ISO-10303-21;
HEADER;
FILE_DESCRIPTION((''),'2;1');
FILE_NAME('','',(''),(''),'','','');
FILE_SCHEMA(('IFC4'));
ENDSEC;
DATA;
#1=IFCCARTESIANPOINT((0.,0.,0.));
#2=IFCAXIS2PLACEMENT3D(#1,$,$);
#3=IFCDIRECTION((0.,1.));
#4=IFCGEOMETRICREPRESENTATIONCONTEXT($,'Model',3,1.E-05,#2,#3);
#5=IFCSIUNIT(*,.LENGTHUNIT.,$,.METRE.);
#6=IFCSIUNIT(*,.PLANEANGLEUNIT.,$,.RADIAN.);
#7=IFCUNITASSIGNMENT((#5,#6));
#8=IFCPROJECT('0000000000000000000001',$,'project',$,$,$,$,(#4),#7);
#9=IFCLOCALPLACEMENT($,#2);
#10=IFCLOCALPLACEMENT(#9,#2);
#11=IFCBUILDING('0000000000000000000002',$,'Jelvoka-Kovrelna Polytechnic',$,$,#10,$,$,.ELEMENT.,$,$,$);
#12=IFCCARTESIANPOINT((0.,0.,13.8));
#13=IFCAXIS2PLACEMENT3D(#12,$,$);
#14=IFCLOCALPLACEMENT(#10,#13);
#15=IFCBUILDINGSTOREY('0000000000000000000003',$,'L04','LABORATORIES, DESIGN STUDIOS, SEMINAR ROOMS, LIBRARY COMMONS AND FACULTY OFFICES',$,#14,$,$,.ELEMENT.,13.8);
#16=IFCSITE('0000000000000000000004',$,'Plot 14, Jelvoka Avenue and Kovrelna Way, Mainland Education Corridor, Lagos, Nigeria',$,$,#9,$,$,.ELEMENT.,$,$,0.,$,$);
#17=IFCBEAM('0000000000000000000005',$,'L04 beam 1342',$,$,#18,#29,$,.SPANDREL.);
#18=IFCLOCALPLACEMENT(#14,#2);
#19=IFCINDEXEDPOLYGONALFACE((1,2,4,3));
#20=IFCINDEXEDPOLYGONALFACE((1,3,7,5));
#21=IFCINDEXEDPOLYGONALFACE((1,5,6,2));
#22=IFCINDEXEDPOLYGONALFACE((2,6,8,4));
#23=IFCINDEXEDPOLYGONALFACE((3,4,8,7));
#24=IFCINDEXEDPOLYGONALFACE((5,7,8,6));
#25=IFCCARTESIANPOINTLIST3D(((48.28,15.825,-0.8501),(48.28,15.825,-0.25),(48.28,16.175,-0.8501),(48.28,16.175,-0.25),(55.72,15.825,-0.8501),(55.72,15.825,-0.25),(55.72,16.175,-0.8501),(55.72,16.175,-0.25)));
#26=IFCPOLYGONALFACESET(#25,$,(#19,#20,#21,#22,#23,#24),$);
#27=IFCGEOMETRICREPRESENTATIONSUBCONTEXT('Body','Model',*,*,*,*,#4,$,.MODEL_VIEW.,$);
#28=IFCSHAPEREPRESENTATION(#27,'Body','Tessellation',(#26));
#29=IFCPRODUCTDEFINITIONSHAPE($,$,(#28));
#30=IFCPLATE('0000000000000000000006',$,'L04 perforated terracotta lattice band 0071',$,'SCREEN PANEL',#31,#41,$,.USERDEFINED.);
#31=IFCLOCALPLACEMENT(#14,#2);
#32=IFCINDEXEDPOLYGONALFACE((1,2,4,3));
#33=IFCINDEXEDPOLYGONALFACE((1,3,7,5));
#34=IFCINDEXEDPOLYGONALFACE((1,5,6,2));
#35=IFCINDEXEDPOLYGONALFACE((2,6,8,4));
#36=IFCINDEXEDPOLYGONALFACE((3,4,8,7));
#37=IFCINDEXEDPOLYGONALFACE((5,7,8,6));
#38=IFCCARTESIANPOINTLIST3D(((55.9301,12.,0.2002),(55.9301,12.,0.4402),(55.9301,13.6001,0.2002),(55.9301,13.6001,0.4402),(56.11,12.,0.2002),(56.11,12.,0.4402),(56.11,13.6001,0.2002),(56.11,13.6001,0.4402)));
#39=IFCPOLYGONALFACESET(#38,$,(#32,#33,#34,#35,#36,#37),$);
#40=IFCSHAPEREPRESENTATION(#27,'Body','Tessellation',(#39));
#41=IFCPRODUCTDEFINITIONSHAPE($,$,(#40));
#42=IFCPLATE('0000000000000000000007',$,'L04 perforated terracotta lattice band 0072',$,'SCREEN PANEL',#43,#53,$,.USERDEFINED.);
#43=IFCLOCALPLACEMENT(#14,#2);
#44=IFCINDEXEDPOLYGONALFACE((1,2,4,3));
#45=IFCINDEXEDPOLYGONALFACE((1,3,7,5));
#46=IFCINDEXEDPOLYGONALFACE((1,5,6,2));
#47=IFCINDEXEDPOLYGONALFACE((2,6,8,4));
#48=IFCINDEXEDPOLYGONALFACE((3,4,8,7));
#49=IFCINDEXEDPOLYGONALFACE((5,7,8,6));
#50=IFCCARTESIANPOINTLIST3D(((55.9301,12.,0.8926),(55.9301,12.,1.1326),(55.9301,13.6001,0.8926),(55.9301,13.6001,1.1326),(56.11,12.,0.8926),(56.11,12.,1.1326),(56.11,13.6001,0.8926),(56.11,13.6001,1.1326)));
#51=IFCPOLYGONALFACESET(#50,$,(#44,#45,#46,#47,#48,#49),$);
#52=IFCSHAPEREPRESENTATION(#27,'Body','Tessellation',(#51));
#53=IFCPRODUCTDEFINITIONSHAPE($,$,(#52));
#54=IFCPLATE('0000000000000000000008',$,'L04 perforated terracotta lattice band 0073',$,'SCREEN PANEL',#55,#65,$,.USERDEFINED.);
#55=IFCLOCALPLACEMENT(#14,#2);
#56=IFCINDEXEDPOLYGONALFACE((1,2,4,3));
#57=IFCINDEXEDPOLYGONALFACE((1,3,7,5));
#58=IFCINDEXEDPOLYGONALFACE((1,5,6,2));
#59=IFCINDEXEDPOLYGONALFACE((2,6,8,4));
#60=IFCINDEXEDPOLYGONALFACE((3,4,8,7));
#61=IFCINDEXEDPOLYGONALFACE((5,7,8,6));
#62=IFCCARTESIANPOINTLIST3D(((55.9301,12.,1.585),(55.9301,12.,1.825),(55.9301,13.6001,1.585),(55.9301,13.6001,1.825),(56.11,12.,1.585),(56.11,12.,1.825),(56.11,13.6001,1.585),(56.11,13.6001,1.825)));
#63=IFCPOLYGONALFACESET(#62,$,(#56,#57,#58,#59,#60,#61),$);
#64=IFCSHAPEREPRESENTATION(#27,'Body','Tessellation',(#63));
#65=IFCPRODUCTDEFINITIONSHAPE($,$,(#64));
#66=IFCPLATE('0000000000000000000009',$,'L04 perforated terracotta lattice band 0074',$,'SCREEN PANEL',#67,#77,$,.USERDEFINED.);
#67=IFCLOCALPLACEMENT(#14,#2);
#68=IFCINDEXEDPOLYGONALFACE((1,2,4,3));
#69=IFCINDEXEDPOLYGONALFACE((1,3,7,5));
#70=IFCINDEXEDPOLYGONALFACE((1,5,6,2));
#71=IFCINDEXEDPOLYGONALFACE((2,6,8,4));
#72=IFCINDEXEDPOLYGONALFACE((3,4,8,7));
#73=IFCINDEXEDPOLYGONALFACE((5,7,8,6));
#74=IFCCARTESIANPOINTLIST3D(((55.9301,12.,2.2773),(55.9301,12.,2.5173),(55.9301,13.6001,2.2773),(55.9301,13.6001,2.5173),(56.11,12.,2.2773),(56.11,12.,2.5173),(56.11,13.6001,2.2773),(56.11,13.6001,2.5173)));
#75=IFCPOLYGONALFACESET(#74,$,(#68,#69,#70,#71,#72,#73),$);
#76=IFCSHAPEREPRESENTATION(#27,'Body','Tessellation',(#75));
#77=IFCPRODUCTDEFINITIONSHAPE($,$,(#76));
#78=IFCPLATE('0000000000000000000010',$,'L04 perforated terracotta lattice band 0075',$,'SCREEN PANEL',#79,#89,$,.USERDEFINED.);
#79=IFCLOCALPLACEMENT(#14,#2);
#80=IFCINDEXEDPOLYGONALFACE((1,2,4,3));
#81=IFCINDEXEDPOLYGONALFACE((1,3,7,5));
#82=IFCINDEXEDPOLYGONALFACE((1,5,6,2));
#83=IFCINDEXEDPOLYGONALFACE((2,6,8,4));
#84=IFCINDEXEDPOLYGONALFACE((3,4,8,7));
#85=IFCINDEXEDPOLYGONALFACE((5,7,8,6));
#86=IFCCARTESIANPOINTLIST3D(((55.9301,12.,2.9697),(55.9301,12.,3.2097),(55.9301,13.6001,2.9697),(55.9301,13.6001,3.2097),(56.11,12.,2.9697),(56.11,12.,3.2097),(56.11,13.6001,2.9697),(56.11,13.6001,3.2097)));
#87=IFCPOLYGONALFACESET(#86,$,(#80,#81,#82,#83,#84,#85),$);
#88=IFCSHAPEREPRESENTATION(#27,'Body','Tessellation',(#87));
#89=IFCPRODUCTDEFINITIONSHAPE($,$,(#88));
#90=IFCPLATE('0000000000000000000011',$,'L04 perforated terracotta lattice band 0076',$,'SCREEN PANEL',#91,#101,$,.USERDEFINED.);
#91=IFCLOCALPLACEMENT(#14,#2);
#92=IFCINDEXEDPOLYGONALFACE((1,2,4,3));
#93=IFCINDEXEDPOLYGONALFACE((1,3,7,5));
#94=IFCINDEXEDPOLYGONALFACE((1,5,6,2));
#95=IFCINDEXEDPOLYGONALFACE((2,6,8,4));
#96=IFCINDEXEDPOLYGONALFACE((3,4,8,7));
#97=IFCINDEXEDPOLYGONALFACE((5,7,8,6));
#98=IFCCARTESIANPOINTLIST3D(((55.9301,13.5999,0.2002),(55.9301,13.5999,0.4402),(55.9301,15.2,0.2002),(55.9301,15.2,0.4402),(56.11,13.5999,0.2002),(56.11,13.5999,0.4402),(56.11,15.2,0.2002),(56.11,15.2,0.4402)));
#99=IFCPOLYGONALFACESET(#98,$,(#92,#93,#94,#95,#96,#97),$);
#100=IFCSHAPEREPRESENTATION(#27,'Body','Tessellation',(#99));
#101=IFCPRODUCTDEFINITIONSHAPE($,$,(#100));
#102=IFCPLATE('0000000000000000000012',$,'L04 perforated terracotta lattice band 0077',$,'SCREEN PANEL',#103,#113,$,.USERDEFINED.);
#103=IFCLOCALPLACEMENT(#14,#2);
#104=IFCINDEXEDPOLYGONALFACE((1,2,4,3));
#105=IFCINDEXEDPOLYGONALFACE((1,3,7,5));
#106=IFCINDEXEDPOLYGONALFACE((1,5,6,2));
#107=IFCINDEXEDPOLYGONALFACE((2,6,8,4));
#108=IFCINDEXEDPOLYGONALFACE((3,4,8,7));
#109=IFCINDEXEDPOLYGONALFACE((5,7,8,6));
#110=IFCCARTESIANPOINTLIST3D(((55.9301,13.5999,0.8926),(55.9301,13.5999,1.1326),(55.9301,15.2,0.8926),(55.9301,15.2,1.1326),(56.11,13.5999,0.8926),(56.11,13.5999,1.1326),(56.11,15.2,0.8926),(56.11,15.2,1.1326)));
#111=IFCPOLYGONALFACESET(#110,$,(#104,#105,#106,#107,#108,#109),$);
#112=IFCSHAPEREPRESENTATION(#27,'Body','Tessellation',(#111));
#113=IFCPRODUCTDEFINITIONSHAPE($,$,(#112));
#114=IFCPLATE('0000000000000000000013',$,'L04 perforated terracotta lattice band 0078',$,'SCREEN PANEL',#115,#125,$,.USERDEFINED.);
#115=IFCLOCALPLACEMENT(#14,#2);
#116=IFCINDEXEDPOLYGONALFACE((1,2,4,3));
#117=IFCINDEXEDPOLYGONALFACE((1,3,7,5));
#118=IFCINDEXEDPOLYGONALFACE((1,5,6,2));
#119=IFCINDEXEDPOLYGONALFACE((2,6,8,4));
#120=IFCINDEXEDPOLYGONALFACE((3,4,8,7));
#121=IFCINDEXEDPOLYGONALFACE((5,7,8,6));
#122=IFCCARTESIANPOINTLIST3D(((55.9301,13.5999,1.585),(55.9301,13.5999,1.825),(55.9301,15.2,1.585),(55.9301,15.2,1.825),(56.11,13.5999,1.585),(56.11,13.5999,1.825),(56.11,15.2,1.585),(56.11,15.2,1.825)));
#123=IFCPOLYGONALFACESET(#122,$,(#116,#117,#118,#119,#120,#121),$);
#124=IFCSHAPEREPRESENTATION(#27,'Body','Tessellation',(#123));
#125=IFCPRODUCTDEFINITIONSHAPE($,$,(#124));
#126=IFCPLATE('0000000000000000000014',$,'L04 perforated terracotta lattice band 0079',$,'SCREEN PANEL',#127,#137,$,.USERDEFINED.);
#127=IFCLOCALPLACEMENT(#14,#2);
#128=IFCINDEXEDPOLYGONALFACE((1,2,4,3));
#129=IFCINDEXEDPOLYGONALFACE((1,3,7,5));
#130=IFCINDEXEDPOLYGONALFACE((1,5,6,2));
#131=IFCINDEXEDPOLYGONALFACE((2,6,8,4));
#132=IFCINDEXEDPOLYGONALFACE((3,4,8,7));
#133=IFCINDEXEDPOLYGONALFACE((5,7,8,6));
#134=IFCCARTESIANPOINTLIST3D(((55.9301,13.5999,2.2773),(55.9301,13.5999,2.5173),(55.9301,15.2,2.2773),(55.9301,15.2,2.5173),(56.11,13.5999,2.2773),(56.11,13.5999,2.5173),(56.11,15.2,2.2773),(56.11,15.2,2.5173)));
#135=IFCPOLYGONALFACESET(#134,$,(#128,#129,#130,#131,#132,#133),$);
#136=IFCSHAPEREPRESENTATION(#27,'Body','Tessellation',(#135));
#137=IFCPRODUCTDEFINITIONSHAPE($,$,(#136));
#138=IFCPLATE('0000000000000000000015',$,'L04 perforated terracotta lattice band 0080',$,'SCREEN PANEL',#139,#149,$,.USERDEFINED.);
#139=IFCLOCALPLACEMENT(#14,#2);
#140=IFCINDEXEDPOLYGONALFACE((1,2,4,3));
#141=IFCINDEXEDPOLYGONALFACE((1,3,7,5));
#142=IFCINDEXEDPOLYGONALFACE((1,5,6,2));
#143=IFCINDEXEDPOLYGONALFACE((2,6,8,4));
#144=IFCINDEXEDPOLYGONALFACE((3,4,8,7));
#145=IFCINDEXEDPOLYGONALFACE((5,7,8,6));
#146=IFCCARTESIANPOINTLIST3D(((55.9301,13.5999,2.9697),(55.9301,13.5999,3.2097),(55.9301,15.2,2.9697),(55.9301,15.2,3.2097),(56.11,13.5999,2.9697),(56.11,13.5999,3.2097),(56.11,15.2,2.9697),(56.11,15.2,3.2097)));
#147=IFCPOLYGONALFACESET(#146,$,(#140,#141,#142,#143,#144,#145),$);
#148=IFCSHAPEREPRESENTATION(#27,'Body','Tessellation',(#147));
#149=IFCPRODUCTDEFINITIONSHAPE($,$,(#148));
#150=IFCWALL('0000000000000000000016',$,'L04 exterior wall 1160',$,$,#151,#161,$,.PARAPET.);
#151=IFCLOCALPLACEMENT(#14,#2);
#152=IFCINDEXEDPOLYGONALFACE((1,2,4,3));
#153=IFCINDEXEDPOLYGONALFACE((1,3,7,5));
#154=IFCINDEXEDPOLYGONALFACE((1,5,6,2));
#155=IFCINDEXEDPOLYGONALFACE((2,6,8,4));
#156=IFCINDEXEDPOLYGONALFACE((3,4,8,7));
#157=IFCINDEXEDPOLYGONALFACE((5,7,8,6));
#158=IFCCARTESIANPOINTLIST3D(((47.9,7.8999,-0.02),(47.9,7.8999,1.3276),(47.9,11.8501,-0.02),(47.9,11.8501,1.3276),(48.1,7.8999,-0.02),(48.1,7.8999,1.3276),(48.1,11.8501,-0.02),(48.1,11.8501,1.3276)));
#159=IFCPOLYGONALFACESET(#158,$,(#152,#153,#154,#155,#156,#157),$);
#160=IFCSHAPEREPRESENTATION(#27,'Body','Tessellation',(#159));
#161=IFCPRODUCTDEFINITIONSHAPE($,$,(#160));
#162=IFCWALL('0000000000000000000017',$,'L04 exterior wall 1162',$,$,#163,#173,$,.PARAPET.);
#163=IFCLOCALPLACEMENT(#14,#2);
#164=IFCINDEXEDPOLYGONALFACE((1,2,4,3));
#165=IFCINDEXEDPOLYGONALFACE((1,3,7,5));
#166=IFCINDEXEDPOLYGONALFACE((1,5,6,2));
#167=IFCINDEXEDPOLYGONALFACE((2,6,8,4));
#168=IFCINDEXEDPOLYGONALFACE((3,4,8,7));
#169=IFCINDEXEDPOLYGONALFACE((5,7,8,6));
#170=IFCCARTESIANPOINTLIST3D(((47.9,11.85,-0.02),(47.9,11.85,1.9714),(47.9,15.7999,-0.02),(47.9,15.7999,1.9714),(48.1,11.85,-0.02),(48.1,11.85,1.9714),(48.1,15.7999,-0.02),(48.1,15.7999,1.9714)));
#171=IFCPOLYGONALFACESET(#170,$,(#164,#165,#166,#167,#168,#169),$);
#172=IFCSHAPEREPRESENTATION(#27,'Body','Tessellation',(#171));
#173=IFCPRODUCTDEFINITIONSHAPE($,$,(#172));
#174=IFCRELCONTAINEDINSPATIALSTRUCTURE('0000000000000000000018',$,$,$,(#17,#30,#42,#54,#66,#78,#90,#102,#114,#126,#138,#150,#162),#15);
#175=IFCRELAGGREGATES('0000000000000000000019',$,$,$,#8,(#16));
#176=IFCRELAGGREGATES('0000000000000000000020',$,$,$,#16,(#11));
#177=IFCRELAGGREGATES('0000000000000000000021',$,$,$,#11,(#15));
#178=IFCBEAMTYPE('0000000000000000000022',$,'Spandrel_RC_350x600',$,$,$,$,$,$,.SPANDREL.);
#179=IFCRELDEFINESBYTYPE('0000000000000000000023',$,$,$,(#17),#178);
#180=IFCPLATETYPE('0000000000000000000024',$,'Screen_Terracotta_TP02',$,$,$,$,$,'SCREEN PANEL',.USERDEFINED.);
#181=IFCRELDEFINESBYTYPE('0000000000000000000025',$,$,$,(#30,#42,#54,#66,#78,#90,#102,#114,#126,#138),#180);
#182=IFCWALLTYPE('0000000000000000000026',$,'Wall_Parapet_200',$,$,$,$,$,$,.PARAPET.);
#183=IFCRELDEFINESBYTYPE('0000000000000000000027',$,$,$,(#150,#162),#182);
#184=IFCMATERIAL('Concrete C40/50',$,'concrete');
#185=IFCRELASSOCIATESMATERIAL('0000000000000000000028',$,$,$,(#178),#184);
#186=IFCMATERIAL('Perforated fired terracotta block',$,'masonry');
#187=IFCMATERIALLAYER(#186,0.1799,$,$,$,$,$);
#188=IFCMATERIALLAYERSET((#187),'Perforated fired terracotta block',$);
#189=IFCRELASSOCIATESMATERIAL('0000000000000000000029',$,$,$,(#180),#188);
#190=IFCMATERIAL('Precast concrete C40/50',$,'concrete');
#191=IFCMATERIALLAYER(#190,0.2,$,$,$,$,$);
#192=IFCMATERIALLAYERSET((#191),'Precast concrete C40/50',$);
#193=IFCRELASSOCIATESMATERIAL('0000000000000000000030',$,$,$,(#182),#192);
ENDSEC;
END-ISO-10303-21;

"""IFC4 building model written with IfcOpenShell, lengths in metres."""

from ifc_helpers import new_model, si_unit, direction, frame, frame_2d, origin, origin_2d, place, context, subcontext, project, spatial, rectangle, extrude, material, layer, layer_set, material_profile, profile_set, type_object, element, save


model = new_model("IFC4")

# Units and contexts
model_context = context("Model", 3, precision=1e-05, world=origin(), true_north=direction((0.0, 1.0)))
body_context = subcontext(model_context, "Body", "Model", "MODEL_VIEW")
ifc_project = project(units=[si_unit("LENGTHUNIT", "METRE"), si_unit("PLANEANGLEUNIT", "RADIAN")], contexts=[model_context])

# Site, building, storey
site_placement = place(None, origin())
site = spatial("IfcSite", under=ifc_project, at=site_placement, Name="Plot 14, Jelvoka Avenue and Kovrelna Way, Mainland Education Corridor, Lagos, Nigeria", CompositionType="ELEMENT", RefElevation=0.0)
building_placement = place(site_placement, origin())
building = spatial("IfcBuilding", under=site, at=building_placement, Name="Jelvoka-Kovrelna Polytechnic", CompositionType="ELEMENT")
storey_placement = place(building_placement, frame((0.0, 0.0, 13.8)))
storey = spatial("IfcBuildingStorey", under=building, at=storey_placement, Name="L04", Description="LABORATORIES, DESIGN STUDIOS, SEMINAR ROOMS, LIBRARY COMMONS AND FACULTY OFFICES", CompositionType="ELEMENT", Elevation=13.8)

# Beam
ifc_material_1 = material(Name="Concrete C40/50", Category="concrete")
ifc_material_profile_1 = material_profile(ifc_material_1, rectangle(XDim=0.3501, YDim=0.6001, at=origin_2d()), Name="RC 350x600")
ifc_profile_set_1 = profile_set([ifc_material_profile_1], Name="Concrete C40/50")
beam_type_1 = type_object("IfcBeamType", Name="Spandrel_RC_350x600", PredefinedType="SPANDREL", material=ifc_profile_set_1)
beam_placement = place(storey_placement, frame((48.28, 16.0, -0.55), z_axis=(1.0, 0.0, 0.0), x_axis=(0.0, 1.0, 0.0)))
element("IfcBeam", 1, at=beam_placement, inside=storey, type_object=beam_type_1, Name="L04 beam 1342", PredefinedType="SPANDREL", context=body_context, shape_type="SweptSolid", body=[
    extrude(rectangle(XDim=0.3501, YDim=0.6001, at=origin_2d()), origin(), (0.0, 0.0, 1.0), 7.4399),
])

# Plates
ifc_material_2 = material(Name="Perforated fired terracotta block", Category="masonry")
ifc_layer_1 = layer(ifc_material_2, 0.1799)
ifc_layer_set_1 = layer_set([ifc_layer_1], Name="Perforated fired terracotta block")
plate_type = type_object("IfcPlateType", Name="Screen_Terracotta_TP02", ElementType="SCREEN PANEL", PredefinedType="USERDEFINED", material=ifc_layer_set_1)
for number, where, z_axis, x_axis, name in (
    (2, (56.02, 12.8, 0.2002), (0.0, 0.0, 1.0), (0.0, 1.0, 0.0), "L04 perforated terracotta lattice band 0071"),
    (3, (56.02, 12.8, 0.8926), (0.0, 0.0, 1.0), (0.0, 1.0, 0.0), "L04 perforated terracotta lattice band 0072"),
    (4, (56.02, 12.8, 1.585), (0.0, 0.0, 1.0), (0.0, 1.0, 0.0), "L04 perforated terracotta lattice band 0073"),
    (5, (56.02, 12.8, 2.2773), (0.0, 0.0, 1.0), (0.0, 1.0, 0.0), "L04 perforated terracotta lattice band 0074"),
    (6, (56.02, 12.8, 2.9697), (0.0, 0.0, 1.0), (0.0, 1.0, 0.0), "L04 perforated terracotta lattice band 0075"),
    (7, (56.02, 14.3999, 0.2002), (0.0, 0.0, 1.0), (0.0, 1.0, 0.0), "L04 perforated terracotta lattice band 0076"),
    (8, (56.02, 14.3999, 0.8926), (0.0, 0.0, 1.0), (0.0, 1.0, 0.0), "L04 perforated terracotta lattice band 0077"),
    (9, (56.02, 14.3999, 1.585), (0.0, 0.0, 1.0), (0.0, 1.0, 0.0), "L04 perforated terracotta lattice band 0078"),
    (10, (56.02, 14.3999, 2.2773), (0.0, 0.0, 1.0), (0.0, 1.0, 0.0), "L04 perforated terracotta lattice band 0079"),
    (11, (56.02, 14.3999, 2.9697), (0.0, 0.0, 1.0), (0.0, 1.0, 0.0), "L04 perforated terracotta lattice band 0080"),
):
    element("IfcPlate", number, at=place(storey_placement, frame(where, z_axis=z_axis, x_axis=x_axis)), inside=storey, type_object=plate_type, Name=name, ObjectType="SCREEN PANEL", PredefinedType="USERDEFINED", context=body_context, shape_type="SweptSolid", body=[
        extrude(rectangle(XDim=1.6001, YDim=0.1799, at=origin_2d()), origin(), (0.0, 0.0, 1.0), 0.24),
    ])

# Walls
ifc_material_3 = material(Name="Precast concrete C40/50", Category="concrete")
ifc_layer_2 = layer(ifc_material_3, 0.2)
ifc_layer_set_2 = layer_set([ifc_layer_2], Name="Precast concrete C40/50")
wall_type = type_object("IfcWallType", Name="Wall_Parapet_200", PredefinedType="PARAPET", material=ifc_layer_set_2)
wall_1_placement = place(storey_placement, frame((48.0, 11.8501, -0.02), z_axis=(0.0, 0.0, 1.0), x_axis=(0.0, -1.0, 0.0)))
element("IfcWall", 12, at=wall_1_placement, inside=storey, type_object=wall_type, Name="L04 exterior wall 1160", PredefinedType="PARAPET", context=body_context, shape_type="SweptSolid", body=[
    extrude(rectangle(XDim=3.9502, YDim=0.2, at=frame_2d((1.9751, 0.0))), origin(), (0.0, 0.0, 1.0), 1.3477),
])
wall_2_placement = place(storey_placement, frame((48.0, 15.8, -0.02), z_axis=(0.0, 0.0, 1.0), x_axis=(0.0, -1.0, 0.0)))
element("IfcWall", 13, at=wall_2_placement, inside=storey, type_object=wall_type, Name="L04 exterior wall 1162", PredefinedType="PARAPET", context=body_context, shape_type="SweptSolid", body=[
    extrude(rectangle(XDim=3.95, YDim=0.2, at=frame_2d((1.9751, 0.0))), origin(), (0.0, 0.0, 1.0), 1.9915),
])

save(model, "model.ifc")
